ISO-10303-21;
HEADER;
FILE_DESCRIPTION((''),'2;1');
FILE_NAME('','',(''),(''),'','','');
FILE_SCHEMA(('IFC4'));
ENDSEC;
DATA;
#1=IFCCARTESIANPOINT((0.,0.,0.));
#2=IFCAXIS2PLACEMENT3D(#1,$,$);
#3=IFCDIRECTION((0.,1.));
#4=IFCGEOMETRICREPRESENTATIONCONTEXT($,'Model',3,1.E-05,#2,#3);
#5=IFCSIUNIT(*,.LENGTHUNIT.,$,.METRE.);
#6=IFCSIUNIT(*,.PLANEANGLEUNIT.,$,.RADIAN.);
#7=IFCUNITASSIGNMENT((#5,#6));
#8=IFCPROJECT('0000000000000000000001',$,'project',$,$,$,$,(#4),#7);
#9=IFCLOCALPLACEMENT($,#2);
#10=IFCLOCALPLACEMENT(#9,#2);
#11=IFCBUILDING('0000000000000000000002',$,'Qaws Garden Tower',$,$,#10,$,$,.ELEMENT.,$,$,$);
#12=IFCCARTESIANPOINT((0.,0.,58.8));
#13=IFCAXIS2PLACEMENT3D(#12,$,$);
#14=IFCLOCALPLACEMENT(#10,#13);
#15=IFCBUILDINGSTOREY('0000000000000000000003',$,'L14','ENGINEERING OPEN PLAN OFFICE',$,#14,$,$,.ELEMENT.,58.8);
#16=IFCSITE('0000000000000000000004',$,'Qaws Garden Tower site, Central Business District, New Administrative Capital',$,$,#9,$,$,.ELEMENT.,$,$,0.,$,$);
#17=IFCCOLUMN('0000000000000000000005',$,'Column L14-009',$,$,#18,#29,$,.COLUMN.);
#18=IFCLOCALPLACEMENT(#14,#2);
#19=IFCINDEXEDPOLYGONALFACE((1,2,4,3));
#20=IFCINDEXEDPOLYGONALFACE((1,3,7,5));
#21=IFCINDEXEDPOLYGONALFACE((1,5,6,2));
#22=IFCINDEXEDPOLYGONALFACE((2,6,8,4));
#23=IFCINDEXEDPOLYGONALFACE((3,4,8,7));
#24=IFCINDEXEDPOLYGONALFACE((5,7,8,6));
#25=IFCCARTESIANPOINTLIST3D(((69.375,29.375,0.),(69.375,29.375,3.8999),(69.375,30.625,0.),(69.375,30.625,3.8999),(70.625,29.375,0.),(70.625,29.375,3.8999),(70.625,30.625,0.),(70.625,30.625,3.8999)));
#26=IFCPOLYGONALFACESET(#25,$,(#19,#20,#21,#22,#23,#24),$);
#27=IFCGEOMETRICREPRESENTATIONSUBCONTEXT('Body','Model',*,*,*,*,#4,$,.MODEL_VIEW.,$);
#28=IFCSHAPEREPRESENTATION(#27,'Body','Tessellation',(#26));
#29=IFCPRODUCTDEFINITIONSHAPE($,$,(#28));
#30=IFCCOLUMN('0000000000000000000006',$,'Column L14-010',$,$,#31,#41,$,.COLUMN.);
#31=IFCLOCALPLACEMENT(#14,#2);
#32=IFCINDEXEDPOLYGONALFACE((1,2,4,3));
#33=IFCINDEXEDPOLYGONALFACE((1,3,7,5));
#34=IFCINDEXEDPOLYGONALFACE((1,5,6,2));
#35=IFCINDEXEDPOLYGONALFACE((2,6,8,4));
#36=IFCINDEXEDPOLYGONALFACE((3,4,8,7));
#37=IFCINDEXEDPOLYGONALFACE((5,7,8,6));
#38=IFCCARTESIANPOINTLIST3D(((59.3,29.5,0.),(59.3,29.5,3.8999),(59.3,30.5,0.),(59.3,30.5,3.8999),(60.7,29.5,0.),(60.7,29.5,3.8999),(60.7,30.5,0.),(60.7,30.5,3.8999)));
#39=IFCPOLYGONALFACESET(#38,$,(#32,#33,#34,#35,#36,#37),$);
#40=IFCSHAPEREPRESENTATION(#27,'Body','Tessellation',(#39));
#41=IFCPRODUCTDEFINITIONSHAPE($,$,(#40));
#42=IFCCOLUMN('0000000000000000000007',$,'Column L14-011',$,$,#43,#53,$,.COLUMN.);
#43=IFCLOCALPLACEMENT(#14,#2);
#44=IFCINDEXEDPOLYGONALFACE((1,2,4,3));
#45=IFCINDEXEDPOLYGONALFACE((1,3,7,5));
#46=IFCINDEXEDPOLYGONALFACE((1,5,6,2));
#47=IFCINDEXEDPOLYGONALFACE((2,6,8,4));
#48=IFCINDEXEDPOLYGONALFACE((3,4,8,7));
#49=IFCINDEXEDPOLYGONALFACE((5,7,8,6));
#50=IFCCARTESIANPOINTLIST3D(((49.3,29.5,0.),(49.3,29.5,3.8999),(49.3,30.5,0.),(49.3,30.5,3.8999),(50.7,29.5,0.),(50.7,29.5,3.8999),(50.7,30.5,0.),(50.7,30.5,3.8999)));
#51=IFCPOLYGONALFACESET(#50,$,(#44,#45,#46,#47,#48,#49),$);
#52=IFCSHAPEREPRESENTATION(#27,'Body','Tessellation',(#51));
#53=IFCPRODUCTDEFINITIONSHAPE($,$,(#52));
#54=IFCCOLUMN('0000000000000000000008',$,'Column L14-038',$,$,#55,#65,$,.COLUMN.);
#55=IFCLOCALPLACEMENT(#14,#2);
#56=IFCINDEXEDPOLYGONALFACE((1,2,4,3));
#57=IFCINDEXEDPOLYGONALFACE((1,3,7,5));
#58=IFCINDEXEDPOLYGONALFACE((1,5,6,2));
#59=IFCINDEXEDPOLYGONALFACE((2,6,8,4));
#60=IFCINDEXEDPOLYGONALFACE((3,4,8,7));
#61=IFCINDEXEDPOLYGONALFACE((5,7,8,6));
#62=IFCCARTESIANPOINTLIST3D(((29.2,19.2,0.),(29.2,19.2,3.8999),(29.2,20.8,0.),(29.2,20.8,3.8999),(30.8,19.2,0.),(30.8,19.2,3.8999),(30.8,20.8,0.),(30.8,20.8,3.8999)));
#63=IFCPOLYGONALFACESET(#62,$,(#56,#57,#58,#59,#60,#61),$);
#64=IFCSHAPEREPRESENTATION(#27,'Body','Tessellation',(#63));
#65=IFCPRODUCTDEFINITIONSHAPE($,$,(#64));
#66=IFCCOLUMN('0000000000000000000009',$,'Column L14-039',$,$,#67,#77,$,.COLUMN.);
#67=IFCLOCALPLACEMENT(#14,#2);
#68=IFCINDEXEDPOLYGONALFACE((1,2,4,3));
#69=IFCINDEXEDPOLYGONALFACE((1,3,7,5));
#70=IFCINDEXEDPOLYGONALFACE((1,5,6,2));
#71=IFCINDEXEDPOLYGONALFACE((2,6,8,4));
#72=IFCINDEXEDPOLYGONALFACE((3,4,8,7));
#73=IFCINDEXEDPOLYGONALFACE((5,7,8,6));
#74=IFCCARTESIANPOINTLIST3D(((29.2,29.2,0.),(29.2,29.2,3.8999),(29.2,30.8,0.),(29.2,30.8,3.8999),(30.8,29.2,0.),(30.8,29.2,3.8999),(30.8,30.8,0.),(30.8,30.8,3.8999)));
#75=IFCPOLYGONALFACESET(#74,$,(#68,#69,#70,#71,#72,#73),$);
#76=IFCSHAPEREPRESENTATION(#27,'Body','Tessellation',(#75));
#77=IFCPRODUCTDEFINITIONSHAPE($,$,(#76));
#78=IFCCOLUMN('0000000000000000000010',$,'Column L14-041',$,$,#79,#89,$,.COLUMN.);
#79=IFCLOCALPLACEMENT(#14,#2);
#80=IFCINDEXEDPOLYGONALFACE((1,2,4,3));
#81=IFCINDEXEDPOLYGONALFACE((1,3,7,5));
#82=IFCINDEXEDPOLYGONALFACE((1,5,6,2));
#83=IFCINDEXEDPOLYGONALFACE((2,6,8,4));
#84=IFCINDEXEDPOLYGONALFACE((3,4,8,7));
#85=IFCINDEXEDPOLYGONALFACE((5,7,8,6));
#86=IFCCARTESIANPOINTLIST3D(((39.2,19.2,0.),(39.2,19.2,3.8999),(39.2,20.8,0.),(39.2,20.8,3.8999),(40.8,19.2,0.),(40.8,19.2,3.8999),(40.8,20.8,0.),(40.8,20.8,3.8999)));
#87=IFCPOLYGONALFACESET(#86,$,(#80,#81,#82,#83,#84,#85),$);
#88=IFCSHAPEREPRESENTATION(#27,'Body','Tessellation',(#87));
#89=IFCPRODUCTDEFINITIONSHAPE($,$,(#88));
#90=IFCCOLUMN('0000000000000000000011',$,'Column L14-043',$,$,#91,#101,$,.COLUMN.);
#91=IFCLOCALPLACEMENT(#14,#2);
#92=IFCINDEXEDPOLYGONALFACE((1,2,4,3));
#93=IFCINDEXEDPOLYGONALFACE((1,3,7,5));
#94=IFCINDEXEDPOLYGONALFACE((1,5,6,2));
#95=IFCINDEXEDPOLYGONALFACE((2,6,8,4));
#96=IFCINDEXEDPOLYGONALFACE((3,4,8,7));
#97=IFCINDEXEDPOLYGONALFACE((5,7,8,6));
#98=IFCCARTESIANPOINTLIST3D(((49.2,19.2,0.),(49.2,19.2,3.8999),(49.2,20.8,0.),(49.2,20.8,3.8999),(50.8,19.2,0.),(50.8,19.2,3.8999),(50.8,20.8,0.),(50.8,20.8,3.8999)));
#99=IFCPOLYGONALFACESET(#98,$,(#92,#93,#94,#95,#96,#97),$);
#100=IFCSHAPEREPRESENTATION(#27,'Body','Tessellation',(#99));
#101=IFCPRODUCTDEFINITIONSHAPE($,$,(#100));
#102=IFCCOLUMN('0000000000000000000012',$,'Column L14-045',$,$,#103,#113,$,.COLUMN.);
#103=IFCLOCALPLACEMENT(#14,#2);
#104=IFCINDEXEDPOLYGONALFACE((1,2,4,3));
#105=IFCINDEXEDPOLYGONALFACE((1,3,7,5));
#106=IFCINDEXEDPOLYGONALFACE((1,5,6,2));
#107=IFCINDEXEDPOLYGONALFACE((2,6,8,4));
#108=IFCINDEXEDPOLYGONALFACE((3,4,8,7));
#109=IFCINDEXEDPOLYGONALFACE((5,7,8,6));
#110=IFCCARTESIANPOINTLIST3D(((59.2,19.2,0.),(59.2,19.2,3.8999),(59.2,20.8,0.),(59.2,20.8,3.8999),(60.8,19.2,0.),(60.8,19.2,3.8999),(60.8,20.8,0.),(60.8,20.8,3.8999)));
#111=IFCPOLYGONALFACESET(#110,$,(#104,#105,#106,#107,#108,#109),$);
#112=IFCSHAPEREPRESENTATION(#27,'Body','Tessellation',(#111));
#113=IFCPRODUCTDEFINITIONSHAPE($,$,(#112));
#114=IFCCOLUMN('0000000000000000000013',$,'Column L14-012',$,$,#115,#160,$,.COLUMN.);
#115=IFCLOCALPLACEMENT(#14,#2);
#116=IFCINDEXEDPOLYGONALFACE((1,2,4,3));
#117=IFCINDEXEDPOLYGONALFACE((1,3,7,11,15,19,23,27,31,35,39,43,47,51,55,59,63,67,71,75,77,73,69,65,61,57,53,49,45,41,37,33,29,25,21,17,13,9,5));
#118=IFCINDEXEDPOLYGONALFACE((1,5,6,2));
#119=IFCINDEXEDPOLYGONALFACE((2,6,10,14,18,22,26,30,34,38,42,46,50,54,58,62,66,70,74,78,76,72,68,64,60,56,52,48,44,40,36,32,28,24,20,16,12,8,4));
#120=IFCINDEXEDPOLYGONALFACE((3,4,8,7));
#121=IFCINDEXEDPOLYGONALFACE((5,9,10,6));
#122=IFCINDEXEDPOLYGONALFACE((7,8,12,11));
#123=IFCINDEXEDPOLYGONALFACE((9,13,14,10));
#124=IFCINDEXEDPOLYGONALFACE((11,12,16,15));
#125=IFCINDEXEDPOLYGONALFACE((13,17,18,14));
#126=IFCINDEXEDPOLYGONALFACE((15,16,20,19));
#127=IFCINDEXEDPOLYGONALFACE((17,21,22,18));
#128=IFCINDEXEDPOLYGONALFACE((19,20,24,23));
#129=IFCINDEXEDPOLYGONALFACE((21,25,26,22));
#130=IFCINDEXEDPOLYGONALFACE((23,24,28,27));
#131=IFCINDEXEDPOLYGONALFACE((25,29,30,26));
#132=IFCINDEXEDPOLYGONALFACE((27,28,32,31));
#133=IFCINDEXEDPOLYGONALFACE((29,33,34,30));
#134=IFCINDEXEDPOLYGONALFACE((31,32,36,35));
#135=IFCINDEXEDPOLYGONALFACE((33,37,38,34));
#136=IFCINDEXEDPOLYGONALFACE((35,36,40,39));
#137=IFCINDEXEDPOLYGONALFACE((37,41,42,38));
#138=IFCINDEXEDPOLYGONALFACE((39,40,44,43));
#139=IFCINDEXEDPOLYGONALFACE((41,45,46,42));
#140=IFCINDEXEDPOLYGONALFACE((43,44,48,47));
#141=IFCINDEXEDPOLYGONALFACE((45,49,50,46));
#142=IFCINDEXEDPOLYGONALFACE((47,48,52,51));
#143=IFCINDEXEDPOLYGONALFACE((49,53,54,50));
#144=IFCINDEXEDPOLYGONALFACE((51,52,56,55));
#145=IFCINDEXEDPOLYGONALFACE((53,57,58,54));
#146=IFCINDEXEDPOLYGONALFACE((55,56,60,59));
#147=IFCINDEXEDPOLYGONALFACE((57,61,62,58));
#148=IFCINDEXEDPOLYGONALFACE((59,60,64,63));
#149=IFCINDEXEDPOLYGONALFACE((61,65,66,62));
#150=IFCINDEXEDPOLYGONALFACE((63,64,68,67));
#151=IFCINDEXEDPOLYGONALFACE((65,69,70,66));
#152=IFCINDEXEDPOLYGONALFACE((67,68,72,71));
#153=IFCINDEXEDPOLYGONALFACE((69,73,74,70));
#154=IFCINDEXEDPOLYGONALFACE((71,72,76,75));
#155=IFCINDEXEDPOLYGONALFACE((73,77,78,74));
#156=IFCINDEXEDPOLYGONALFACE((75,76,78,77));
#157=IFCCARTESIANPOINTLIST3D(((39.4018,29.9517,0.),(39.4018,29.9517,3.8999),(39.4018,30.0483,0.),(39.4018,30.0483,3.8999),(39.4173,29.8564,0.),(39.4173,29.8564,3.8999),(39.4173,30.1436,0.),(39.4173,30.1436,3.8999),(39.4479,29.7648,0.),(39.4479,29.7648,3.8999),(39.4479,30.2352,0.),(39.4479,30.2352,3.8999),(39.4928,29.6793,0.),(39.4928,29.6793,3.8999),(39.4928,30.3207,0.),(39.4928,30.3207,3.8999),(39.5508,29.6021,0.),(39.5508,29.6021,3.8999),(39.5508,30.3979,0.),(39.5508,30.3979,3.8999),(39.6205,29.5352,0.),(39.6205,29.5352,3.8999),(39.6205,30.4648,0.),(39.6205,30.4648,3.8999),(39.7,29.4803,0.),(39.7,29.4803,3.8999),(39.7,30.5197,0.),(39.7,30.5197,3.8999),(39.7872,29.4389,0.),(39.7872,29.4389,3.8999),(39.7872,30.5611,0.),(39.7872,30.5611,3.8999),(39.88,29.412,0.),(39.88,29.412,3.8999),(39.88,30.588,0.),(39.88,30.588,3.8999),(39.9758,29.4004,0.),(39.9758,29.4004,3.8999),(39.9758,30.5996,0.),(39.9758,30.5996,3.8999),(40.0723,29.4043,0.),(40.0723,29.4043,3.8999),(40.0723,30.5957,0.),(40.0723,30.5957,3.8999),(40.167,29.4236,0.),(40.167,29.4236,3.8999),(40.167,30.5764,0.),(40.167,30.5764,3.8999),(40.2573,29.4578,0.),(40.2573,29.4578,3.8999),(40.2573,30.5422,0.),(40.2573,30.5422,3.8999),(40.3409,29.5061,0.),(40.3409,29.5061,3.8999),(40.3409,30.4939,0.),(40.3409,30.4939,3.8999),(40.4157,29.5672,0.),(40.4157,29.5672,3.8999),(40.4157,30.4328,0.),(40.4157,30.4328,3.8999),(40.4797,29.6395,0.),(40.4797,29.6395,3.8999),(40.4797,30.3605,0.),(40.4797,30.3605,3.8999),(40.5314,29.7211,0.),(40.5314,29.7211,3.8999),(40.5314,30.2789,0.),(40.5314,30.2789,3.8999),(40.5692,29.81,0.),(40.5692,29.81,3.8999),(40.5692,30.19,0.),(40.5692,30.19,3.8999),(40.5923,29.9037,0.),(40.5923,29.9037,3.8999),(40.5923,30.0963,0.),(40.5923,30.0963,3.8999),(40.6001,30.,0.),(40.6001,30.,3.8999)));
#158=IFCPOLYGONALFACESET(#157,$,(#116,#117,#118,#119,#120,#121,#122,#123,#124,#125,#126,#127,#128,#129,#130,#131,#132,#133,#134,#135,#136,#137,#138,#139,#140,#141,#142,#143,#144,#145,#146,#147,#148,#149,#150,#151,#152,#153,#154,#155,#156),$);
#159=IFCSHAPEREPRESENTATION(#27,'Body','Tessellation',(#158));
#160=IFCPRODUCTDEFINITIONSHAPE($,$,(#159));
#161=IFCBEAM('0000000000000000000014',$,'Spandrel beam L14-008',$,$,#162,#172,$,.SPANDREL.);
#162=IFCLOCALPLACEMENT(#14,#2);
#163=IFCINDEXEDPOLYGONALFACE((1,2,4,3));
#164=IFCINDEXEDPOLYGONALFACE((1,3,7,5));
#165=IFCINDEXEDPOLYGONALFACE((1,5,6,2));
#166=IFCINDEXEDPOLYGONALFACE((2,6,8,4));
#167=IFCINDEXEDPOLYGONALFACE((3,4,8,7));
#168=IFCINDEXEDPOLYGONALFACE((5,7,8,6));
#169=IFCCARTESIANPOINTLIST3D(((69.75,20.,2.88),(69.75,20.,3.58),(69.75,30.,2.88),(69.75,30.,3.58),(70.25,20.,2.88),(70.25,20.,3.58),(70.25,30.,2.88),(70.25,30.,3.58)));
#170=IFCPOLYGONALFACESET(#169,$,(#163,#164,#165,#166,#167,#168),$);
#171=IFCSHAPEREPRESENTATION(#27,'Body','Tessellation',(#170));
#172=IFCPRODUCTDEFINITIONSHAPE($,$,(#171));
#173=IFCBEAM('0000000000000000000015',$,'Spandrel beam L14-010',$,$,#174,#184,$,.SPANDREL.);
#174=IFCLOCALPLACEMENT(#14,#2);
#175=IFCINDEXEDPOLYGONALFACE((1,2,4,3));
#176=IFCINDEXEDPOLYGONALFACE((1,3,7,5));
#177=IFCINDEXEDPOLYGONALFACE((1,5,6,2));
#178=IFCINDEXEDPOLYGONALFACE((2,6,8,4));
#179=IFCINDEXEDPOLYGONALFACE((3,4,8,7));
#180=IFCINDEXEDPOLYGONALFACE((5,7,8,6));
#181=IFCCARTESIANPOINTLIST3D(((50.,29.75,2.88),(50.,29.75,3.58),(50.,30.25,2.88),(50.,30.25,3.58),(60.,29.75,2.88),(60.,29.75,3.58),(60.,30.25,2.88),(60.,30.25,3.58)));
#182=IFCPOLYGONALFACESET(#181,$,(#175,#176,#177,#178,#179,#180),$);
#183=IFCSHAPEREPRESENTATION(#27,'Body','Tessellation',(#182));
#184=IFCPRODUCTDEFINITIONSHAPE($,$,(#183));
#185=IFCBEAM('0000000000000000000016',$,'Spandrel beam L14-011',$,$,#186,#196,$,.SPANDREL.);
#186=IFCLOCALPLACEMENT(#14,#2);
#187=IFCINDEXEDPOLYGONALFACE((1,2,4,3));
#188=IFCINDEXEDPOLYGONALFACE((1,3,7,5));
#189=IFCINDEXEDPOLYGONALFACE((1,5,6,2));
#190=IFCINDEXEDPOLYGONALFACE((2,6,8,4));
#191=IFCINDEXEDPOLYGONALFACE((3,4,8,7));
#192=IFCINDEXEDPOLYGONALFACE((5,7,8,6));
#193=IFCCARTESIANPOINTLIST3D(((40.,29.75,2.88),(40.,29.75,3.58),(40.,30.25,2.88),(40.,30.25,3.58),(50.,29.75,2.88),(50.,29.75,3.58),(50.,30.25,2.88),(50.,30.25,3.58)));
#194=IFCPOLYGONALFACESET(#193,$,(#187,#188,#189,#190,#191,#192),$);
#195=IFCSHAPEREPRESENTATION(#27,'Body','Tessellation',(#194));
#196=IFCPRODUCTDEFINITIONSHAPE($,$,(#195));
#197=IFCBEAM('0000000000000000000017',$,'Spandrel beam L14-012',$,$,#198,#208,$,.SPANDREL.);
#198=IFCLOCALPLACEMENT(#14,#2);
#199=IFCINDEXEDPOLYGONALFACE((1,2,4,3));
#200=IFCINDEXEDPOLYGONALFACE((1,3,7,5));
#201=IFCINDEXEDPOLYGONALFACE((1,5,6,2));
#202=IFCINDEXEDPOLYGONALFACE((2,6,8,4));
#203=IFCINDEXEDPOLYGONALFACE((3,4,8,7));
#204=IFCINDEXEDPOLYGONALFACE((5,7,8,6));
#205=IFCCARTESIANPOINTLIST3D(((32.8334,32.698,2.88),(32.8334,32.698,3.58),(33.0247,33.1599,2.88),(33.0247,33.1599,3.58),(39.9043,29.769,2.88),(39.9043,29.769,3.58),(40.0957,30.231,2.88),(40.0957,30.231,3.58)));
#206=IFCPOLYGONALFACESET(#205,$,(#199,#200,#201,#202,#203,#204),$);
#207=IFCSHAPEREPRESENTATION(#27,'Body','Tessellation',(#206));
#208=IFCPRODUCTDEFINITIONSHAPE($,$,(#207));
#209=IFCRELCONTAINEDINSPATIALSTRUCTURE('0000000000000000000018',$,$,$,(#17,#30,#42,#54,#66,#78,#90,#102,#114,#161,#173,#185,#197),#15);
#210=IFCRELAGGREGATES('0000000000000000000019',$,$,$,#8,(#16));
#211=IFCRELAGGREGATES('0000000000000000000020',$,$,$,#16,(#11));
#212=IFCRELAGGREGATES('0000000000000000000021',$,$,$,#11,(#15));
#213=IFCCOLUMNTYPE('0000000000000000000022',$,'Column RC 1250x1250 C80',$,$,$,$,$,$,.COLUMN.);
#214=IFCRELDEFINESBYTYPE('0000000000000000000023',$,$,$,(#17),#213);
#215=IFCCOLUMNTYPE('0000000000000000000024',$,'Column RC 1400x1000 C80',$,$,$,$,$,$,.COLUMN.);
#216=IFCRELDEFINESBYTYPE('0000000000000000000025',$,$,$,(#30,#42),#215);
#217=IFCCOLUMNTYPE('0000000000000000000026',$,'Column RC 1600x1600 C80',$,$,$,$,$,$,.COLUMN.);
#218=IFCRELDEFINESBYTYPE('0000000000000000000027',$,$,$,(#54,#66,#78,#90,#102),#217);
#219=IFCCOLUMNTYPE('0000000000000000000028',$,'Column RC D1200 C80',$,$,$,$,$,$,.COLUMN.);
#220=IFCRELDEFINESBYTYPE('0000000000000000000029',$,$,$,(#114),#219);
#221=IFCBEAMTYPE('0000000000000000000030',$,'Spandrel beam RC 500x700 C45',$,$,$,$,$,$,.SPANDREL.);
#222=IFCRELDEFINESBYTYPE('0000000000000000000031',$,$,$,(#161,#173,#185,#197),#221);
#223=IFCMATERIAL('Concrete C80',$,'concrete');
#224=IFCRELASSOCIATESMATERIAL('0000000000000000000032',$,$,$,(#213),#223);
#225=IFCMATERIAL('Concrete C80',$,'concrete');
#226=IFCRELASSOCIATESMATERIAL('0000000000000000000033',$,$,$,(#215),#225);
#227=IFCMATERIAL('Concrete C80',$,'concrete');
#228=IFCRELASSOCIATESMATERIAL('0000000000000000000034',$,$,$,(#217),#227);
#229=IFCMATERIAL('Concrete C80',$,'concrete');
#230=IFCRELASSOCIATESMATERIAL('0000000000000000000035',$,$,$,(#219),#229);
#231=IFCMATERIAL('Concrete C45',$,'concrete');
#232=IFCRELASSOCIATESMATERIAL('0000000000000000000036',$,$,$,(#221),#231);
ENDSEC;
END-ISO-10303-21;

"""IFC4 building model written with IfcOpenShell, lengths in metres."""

from ifc_helpers import new_model, si_unit, direction, frame, origin, origin_2d, place, context, subcontext, project, spatial, rectangle, circle, extrude, material, material_profile, profile_set, type_object, element, save


model = new_model("IFC4")

# Units and contexts
model_context = context("Model", 3, precision=1e-05, world=origin(), true_north=direction((0.0, 1.0)))
body_context = subcontext(model_context, "Body", "Model", "MODEL_VIEW")
ifc_project = project(units=[si_unit("LENGTHUNIT", "METRE"), si_unit("PLANEANGLEUNIT", "RADIAN")], contexts=[model_context])

# Site, building, storey
site_placement = place(None, origin())
site = spatial("IfcSite", under=ifc_project, at=site_placement, Name="Qaws Garden Tower site, Central Business District, New Administrative Capital", CompositionType="ELEMENT", RefElevation=0.0)
building_placement = place(site_placement, origin())
building = spatial("IfcBuilding", under=site, at=building_placement, Name="Qaws Garden Tower", CompositionType="ELEMENT")
storey_placement = place(building_placement, frame((0.0, 0.0, 58.8)))
storey = spatial("IfcBuildingStorey", under=building, at=storey_placement, Name="L14", Description="ENGINEERING OPEN PLAN OFFICE", CompositionType="ELEMENT", Elevation=58.8)

# Columns
ifc_material_1 = material(Name="Concrete C80", Category="concrete")
ifc_material_profile_1 = material_profile(ifc_material_1, rectangle(XDim=1.25, YDim=1.25, at=origin_2d()), Name="RC 1250x1250")
ifc_profile_set_1 = profile_set([ifc_material_profile_1], Name="Concrete C80")
column_type_1 = type_object("IfcColumnType", Name="Column RC 1250x1250 C80", PredefinedType="COLUMN", material=ifc_profile_set_1)
column_1_placement = place(storey_placement, frame((70.0, 30.0, 0.0), z_axis=(0.0, 0.0, 1.0), x_axis=(1.0, 0.0, 0.0)))
element("IfcColumn", 1, at=column_1_placement, inside=storey, type_object=column_type_1, Name="Column L14-009", PredefinedType="COLUMN", context=body_context, shape_type="SweptSolid", body=[
    extrude(rectangle(XDim=1.25, YDim=1.25, at=origin_2d()), origin(), (0.0, 0.0, 1.0), 3.8999),
])
ifc_material_2 = material(Name="Concrete C80", Category="concrete")
ifc_material_profile_2 = material_profile(ifc_material_2, rectangle(XDim=1.3999, YDim=1.0, at=origin_2d()), Name="RC 1400x1000")
ifc_profile_set_2 = profile_set([ifc_material_profile_2], Name="Concrete C80")
column_type_2 = type_object("IfcColumnType", Name="Column RC 1400x1000 C80", PredefinedType="COLUMN", material=ifc_profile_set_2)
for number, where, z_axis, x_axis, name in (
    (2, (60.0, 30.0, 0.0), (0.0, 0.0, 1.0), (1.0, 0.0, 0.0), "Column L14-010"),
    (3, (50.0, 30.0, 0.0), (0.0, 0.0, 1.0), (1.0, 0.0, 0.0), "Column L14-011"),
):
    element("IfcColumn", number, at=place(storey_placement, frame(where, z_axis=z_axis, x_axis=x_axis)), inside=storey, type_object=column_type_2, Name=name, PredefinedType="COLUMN", context=body_context, shape_type="SweptSolid", body=[
        extrude(rectangle(XDim=1.3999, YDim=1.0, at=origin_2d()), origin(), (0.0, 0.0, 1.0), 3.8999),
    ])
ifc_material_3 = material(Name="Concrete C80", Category="concrete")
ifc_material_profile_3 = material_profile(ifc_material_3, rectangle(XDim=1.6001, YDim=1.6001, at=origin_2d()), Name="RC 1600x1600")
ifc_profile_set_3 = profile_set([ifc_material_profile_3], Name="Concrete C80")
column_type_3 = type_object("IfcColumnType", Name="Column RC 1600x1600 C80", PredefinedType="COLUMN", material=ifc_profile_set_3)
for number, where, z_axis, x_axis, name in (
    (4, (30.0, 20.0, 0.0), (0.0, 0.0, 1.0), (1.0, 0.0, 0.0), "Column L14-038"),
    (5, (30.0, 30.0, 0.0), (0.0, 0.0, 1.0), (1.0, 0.0, 0.0), "Column L14-039"),
    (6, (40.0, 20.0, 0.0), (0.0, 0.0, 1.0), (1.0, 0.0, 0.0), "Column L14-041"),
    (7, (50.0, 20.0, 0.0), (0.0, 0.0, 1.0), (1.0, 0.0, 0.0), "Column L14-043"),
    (8, (60.0, 20.0, 0.0), (0.0, 0.0, 1.0), (1.0, 0.0, 0.0), "Column L14-045"),
):
    element("IfcColumn", number, at=place(storey_placement, frame(where, z_axis=z_axis, x_axis=x_axis)), inside=storey, type_object=column_type_3, Name=name, PredefinedType="COLUMN", context=body_context, shape_type="SweptSolid", body=[
        extrude(rectangle(XDim=1.6001, YDim=1.6001, at=origin_2d()), origin(), (0.0, 0.0, 1.0), 3.8999),
    ])
ifc_material_4 = material(Name="Concrete C80", Category="concrete")
ifc_material_profile_4 = material_profile(ifc_material_4, circle(Radius=0.6001, at=origin_2d()), Name="RC D1200")
ifc_profile_set_4 = profile_set([ifc_material_profile_4], Name="Concrete C80")
column_type_4 = type_object("IfcColumnType", Name="Column RC D1200 C80", PredefinedType="COLUMN", material=ifc_profile_set_4)
column_2_placement = place(storey_placement, frame((40.0, 30.0, 0.0), z_axis=(0.0, 0.0, 1.0), x_axis=(1.0, 0.0, 0.0)))
element("IfcColumn", 9, at=column_2_placement, inside=storey, type_object=column_type_4, Name="Column L14-012", PredefinedType="COLUMN", context=body_context, shape_type="SweptSolid", body=[
    extrude(circle(Radius=0.6001, at=origin_2d()), origin(), (0.0, 0.0, 1.0), 3.8999),
])

# Beams
ifc_material_5 = material(Name="Concrete C45", Category="concrete")
ifc_material_profile_5 = material_profile(ifc_material_5, rectangle(XDim=0.5, YDim=0.7, at=origin_2d()), Name="RC 500x700")
ifc_profile_set_5 = profile_set([ifc_material_profile_5], Name="Concrete C45")
beam_type = type_object("IfcBeamType", Name="Spandrel beam RC 500x700 C45", PredefinedType="SPANDREL", material=ifc_profile_set_5)
for number, where, z_axis, x_axis, name in (
    (10, (70.0, 20.0, 3.23), (0.0, 1.0, 0.0), (-1.0, 0.0, 0.0), "Spandrel beam L14-008"),
    (11, (60.0, 30.0, 3.23), (-1.0, 0.0, 0.0), (0.0, -1.0, 0.0), "Spandrel beam L14-010"),
    (12, (50.0, 30.0, 3.23), (-1.0, 0.0, 0.0), (0.0, -1.0, 0.0), "Spandrel beam L14-011"),
):
    element("IfcBeam", number, at=place(storey_placement, frame(where, z_axis=z_axis, x_axis=x_axis)), inside=storey, type_object=beam_type, Name=name, PredefinedType="SPANDREL", context=body_context, shape_type="SweptSolid", body=[
        extrude(rectangle(XDim=0.5, YDim=0.7, at=origin_2d()), origin(), (0.0, 0.0, 1.0), 10.0),
    ])
beam_placement = place(storey_placement, frame((40.0, 30.0, 3.23), z_axis=(-0.923878, 0.382687, 0.0), x_axis=(-0.382687, -0.923878, 0.0)))
element("IfcBeam", 13, at=beam_placement, inside=storey, type_object=beam_type, Name="Spandrel beam L14-012", PredefinedType="SPANDREL", context=body_context, shape_type="SweptSolid", body=[
    extrude(rectangle(XDim=0.5, YDim=0.7, at=origin_2d()), origin(), (0.0, 0.0, 1.0), 7.6536),
])

save(model, "model.ifc")
